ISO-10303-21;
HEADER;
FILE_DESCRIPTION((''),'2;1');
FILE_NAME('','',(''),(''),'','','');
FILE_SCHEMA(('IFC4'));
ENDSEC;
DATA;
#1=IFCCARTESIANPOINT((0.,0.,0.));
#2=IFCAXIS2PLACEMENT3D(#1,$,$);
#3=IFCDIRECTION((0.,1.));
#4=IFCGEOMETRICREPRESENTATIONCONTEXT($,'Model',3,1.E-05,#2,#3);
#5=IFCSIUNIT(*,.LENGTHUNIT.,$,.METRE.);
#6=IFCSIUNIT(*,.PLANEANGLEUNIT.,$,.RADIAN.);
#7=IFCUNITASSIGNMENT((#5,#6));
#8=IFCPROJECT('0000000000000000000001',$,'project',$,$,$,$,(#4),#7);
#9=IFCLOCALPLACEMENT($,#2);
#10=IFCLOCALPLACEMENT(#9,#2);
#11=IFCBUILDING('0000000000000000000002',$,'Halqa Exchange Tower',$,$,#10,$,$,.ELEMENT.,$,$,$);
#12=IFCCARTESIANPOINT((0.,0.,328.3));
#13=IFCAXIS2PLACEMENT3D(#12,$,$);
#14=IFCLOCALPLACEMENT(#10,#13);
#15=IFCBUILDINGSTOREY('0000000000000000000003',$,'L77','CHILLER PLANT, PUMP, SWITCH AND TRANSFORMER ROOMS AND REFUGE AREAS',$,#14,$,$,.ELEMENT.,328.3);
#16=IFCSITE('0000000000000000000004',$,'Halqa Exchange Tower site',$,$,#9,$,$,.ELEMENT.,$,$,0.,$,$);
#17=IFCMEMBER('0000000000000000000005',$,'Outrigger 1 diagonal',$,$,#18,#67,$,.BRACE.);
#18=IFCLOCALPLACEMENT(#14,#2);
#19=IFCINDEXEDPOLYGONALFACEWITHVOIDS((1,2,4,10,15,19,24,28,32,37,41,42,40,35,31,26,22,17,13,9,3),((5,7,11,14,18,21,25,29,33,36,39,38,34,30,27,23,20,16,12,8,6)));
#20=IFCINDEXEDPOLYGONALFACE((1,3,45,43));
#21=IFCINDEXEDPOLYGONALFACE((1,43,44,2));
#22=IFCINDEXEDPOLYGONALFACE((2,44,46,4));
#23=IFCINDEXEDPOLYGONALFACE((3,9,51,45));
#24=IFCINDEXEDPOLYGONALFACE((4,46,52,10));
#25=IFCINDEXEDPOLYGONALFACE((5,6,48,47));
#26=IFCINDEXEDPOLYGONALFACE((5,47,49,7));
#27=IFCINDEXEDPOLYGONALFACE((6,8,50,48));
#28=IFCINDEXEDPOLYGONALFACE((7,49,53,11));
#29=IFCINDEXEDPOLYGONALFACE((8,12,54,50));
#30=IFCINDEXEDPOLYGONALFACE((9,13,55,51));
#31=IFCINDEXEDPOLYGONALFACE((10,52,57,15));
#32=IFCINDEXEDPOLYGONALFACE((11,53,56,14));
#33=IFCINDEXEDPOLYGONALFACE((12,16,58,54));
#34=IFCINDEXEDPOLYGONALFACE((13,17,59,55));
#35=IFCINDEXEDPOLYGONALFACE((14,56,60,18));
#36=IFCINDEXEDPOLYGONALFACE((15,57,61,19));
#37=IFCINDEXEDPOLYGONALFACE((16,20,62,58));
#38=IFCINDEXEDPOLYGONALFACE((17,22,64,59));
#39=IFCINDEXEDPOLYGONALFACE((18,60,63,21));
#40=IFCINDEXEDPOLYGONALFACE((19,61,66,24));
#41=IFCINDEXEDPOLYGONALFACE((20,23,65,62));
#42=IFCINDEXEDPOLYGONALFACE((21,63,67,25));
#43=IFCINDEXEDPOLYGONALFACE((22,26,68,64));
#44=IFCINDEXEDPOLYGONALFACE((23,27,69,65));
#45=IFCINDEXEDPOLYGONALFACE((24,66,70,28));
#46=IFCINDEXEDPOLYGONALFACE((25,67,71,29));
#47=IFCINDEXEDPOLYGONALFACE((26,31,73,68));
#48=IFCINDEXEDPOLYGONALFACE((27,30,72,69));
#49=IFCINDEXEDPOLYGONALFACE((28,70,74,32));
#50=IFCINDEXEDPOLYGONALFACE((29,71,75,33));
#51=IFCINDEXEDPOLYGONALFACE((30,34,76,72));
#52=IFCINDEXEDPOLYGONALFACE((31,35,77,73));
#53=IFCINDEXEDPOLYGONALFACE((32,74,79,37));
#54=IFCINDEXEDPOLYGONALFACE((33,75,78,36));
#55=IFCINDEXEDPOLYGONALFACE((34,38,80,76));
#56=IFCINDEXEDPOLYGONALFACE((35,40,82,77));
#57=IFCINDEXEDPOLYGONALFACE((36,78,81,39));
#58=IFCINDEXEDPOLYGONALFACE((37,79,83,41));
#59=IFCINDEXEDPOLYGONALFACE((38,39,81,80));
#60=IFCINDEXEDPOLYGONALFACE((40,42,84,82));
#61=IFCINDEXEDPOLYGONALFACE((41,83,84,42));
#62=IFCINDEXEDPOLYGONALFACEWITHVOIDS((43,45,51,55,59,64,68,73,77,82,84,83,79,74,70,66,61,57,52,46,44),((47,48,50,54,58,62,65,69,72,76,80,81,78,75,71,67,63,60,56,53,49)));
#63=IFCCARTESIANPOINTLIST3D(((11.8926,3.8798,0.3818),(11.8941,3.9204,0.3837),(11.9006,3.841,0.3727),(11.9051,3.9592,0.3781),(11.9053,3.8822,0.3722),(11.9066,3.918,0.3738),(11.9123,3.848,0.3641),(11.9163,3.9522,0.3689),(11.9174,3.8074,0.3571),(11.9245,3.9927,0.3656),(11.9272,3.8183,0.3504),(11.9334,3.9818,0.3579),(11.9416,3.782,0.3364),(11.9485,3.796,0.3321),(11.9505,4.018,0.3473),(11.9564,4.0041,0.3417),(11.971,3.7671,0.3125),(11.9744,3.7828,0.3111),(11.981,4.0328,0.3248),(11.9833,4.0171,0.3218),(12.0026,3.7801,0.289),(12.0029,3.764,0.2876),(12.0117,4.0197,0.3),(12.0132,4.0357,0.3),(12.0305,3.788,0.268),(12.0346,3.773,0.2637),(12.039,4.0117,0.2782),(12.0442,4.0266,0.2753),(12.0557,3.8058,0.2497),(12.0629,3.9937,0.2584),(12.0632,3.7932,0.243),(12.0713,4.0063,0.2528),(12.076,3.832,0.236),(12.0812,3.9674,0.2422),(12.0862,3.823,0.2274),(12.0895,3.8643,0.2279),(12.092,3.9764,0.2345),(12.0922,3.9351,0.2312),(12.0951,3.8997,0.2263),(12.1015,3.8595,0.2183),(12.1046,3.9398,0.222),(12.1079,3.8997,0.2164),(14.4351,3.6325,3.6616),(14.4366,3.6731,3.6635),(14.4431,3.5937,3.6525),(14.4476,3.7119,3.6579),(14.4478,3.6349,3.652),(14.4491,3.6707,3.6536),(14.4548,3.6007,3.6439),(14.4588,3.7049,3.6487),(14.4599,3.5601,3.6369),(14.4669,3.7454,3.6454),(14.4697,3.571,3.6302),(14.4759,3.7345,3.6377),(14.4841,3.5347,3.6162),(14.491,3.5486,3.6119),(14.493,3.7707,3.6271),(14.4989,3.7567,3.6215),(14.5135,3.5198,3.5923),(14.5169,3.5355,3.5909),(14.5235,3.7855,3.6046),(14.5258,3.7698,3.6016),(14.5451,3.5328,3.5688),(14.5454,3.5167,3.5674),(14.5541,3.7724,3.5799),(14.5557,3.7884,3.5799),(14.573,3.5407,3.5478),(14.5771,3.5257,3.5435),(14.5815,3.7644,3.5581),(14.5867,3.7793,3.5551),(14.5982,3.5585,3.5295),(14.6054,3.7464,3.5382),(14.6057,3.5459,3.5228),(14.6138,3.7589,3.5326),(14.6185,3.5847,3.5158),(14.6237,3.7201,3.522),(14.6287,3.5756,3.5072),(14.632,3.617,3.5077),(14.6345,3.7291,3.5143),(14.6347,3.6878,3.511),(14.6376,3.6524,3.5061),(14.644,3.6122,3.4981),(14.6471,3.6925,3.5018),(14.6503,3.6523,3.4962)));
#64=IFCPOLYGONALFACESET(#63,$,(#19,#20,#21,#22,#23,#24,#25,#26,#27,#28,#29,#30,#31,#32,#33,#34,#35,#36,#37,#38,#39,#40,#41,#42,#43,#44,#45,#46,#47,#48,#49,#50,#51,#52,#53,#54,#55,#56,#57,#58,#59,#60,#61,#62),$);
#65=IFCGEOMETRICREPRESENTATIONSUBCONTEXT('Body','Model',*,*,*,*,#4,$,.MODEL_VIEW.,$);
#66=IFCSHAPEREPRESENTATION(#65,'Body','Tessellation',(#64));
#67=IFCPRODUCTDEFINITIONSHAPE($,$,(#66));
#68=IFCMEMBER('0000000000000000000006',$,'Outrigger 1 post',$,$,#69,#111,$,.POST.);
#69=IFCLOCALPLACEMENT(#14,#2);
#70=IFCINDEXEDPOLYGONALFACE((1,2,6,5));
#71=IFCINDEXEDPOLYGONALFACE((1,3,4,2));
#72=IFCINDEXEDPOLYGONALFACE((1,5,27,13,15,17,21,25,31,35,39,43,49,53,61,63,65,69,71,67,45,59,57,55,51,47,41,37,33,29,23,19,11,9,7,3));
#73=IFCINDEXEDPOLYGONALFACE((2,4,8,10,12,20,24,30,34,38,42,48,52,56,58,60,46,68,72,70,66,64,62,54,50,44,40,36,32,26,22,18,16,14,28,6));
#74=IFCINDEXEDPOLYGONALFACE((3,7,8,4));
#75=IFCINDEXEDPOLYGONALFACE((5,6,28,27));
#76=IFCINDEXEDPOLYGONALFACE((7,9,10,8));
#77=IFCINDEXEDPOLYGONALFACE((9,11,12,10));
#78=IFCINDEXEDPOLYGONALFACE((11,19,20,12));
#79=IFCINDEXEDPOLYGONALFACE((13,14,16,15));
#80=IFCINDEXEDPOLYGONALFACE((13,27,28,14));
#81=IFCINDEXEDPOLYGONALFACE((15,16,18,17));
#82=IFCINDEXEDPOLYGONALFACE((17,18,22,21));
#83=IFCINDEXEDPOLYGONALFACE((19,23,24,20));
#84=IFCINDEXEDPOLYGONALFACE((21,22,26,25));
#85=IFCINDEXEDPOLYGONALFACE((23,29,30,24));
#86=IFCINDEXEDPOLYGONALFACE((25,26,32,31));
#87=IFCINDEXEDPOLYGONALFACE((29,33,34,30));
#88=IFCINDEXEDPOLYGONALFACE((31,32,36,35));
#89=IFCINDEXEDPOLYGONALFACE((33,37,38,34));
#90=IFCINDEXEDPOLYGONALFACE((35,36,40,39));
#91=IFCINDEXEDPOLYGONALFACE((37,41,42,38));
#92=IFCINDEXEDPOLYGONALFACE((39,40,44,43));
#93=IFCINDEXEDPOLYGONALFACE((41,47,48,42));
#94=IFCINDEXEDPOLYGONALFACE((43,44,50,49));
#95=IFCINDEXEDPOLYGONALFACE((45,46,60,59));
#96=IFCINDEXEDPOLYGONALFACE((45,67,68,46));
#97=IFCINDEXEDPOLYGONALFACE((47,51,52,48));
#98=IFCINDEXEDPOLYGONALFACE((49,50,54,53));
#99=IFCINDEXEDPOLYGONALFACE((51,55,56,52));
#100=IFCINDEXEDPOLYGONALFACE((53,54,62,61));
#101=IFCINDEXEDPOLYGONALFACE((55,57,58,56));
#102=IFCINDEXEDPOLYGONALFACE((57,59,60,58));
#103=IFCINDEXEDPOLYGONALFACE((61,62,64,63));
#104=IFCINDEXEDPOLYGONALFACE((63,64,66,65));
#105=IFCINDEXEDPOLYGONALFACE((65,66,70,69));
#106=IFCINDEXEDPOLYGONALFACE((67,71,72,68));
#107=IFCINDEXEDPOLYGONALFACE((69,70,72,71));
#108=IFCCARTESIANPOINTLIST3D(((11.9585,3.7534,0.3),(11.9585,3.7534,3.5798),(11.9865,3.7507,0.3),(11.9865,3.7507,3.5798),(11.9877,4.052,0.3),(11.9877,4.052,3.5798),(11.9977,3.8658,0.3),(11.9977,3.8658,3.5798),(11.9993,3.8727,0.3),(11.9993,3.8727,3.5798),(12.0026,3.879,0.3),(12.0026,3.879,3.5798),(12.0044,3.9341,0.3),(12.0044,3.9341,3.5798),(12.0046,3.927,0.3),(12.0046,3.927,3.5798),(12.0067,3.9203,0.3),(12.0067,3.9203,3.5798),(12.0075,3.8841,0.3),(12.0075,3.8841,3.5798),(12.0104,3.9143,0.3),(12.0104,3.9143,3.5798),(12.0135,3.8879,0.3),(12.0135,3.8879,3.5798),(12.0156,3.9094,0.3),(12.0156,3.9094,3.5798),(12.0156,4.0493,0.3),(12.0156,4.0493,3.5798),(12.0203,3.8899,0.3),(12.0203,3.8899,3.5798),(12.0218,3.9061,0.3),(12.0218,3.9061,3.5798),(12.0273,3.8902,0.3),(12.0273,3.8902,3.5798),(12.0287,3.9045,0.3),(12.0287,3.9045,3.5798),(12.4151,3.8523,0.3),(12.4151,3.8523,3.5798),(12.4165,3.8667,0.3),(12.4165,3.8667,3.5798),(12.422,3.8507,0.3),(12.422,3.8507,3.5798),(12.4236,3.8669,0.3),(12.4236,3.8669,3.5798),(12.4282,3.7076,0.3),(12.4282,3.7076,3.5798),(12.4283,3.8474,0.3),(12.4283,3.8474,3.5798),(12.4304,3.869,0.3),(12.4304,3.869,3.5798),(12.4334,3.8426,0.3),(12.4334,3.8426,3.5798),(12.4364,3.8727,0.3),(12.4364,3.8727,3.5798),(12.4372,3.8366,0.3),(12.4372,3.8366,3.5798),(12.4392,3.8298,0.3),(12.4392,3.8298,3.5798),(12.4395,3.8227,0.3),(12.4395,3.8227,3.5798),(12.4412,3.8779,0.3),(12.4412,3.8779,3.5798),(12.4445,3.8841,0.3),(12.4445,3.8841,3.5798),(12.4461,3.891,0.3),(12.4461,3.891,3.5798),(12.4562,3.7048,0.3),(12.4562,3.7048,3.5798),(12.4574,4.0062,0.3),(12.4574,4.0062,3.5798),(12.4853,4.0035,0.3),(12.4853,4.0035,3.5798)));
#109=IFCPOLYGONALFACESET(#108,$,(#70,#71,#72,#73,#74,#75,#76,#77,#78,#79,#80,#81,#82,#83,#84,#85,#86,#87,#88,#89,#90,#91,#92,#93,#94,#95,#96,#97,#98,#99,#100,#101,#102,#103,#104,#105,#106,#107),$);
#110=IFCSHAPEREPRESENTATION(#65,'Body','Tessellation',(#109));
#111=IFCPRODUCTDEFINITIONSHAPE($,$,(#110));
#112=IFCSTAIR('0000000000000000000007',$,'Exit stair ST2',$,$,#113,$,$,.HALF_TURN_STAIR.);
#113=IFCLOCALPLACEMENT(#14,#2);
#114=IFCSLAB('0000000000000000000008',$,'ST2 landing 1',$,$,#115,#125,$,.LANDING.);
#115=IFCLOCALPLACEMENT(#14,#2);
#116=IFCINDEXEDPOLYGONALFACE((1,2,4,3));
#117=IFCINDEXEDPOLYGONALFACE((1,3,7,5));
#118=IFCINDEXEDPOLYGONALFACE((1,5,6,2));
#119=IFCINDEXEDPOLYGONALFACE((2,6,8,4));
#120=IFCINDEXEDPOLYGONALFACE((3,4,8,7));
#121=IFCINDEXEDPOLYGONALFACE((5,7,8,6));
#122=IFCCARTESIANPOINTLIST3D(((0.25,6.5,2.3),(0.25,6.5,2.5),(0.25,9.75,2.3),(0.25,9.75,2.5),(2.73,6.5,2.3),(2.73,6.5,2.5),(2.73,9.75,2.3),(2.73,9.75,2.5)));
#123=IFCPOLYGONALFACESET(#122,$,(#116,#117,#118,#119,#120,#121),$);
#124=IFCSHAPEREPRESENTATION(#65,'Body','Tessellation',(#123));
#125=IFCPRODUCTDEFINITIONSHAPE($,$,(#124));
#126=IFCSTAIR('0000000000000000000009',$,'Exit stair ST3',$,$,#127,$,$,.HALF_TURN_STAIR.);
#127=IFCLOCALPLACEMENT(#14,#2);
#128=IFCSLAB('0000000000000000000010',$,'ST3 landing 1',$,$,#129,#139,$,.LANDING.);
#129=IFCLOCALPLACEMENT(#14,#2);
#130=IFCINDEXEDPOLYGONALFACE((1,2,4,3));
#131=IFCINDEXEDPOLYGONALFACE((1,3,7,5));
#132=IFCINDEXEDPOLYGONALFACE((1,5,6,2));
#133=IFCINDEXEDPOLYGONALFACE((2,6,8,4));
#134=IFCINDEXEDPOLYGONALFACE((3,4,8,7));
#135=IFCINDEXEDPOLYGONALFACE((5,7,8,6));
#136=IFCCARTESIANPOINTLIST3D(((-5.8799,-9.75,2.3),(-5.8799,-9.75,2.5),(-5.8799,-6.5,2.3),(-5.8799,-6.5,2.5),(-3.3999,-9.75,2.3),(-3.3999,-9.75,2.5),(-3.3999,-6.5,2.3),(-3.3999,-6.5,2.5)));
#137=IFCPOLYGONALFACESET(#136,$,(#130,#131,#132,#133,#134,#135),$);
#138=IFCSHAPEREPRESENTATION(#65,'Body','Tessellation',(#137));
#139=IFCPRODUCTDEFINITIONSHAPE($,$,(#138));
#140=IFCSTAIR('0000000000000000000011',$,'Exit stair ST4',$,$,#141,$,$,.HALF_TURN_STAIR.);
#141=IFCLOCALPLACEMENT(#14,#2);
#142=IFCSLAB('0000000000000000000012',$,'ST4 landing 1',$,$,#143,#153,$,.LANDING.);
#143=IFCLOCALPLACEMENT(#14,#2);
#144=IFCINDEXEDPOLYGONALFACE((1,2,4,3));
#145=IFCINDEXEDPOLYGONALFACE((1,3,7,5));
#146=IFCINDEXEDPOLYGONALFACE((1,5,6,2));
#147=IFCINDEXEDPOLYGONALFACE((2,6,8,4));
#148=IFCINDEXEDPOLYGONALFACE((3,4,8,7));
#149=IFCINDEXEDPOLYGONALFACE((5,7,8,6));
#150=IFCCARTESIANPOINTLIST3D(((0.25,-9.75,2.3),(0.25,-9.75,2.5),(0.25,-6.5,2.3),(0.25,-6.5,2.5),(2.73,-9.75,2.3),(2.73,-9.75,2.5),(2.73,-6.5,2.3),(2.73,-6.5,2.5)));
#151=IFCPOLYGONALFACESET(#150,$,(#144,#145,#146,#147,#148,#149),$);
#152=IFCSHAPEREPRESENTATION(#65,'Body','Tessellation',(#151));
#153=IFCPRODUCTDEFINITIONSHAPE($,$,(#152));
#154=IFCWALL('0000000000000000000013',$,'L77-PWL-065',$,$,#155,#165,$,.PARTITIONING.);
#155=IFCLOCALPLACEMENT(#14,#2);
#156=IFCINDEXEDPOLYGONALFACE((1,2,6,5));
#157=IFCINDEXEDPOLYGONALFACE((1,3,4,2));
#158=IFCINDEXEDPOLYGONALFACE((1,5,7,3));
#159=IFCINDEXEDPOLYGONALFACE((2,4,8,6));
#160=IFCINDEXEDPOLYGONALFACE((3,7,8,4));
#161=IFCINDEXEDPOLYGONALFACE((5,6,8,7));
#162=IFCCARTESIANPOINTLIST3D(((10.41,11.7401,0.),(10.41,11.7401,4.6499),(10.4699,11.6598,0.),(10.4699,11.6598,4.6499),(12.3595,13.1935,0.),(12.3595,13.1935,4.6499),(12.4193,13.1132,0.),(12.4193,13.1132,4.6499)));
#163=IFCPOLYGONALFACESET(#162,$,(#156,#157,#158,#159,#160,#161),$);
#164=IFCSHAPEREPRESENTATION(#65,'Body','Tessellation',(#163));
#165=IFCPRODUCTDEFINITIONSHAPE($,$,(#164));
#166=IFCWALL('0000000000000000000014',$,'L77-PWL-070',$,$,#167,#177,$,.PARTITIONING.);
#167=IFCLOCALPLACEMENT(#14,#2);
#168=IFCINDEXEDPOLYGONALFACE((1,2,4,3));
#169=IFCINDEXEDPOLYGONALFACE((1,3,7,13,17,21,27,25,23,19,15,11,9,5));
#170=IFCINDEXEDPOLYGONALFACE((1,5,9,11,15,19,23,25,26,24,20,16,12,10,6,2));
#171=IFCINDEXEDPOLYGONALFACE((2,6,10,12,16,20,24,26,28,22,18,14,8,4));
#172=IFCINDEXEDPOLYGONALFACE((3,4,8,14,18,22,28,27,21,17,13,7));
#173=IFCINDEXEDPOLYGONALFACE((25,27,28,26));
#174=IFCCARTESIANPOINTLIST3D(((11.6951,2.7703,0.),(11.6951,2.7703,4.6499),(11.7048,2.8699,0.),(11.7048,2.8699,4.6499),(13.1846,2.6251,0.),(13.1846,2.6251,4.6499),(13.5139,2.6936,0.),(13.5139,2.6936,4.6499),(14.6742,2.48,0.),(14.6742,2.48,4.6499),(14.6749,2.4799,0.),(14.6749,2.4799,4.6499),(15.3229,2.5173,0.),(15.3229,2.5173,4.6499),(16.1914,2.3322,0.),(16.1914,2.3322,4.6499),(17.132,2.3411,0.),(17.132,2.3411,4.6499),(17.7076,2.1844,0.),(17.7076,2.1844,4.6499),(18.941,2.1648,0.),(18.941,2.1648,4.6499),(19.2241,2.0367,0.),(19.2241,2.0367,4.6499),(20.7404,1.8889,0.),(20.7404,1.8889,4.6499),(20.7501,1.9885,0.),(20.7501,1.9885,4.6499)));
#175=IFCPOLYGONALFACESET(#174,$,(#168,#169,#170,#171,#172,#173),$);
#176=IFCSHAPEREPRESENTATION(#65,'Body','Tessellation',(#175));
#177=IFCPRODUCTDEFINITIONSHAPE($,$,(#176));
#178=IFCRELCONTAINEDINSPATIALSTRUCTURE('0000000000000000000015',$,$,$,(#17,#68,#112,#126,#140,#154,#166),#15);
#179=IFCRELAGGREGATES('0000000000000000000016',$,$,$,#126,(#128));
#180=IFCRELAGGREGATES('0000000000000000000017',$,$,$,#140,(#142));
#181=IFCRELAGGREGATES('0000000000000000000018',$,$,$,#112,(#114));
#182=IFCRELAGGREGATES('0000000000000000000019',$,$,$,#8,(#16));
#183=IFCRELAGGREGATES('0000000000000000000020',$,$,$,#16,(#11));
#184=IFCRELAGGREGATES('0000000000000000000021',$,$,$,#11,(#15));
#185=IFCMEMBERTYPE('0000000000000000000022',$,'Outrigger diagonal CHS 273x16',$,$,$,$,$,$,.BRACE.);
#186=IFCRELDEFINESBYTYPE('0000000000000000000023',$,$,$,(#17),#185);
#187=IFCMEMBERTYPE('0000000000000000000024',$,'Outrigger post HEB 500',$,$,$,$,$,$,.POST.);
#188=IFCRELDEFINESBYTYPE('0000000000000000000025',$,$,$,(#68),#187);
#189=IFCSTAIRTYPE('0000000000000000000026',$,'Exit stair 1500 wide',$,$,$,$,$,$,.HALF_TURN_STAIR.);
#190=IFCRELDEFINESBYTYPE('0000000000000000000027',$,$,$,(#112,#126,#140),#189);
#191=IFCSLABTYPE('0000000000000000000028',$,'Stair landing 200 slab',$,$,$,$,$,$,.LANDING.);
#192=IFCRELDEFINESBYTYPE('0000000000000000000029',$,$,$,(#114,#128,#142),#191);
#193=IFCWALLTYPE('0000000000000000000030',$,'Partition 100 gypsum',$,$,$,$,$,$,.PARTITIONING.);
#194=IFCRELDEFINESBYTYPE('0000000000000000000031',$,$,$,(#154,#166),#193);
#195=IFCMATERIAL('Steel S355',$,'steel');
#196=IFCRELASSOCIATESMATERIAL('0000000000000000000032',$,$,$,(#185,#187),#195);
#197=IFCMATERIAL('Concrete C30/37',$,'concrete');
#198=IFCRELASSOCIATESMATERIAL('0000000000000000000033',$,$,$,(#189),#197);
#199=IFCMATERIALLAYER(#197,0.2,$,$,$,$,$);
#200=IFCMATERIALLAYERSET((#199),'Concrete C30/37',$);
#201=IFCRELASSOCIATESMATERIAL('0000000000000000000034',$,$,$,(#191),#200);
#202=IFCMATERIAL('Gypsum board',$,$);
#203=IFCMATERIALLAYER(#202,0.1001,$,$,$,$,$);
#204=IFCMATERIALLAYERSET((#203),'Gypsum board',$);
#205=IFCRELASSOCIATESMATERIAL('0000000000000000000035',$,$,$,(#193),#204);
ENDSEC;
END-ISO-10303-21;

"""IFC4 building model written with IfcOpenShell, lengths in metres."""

from ifc_helpers import new_model, si_unit, direction, frame, origin, origin_2d, place, context, subcontext, project, spatial, polyline, hollow_circle, i_section, outline, extrude, material, layer, layer_set, material_profile, profile_set, type_object, element, aggregate, save


model = new_model("IFC4")

# Units and contexts
model_context = context("Model", 3, precision=1e-05, world=origin(), true_north=direction((0.0, 1.0)))
body_context = subcontext(model_context, "Body", "Model", "MODEL_VIEW")
ifc_project = project(units=[si_unit("LENGTHUNIT", "METRE"), si_unit("PLANEANGLEUNIT", "RADIAN")], contexts=[model_context])

# Site, building, storey
site_placement = place(None, origin())
site = spatial("IfcSite", under=ifc_project, at=site_placement, Name="Halqa Exchange Tower site", CompositionType="ELEMENT", RefElevation=0.0)
building_placement = place(site_placement, origin())
building = spatial("IfcBuilding", under=site, at=building_placement, Name="Halqa Exchange Tower", CompositionType="ELEMENT")
storey_placement = place(building_placement, frame((0.0, 0.0, 328.3)))
storey = spatial("IfcBuildingStorey", under=building, at=storey_placement, Name="L77", Description="CHILLER PLANT, PUMP, SWITCH AND TRANSFORMER ROOMS AND REFUGE AREAS", CompositionType="ELEMENT", Elevation=328.3)

# Shared definitions
ifc_material_1 = material(Name="Steel S355", Category="steel")

# Members
ifc_material_profile_1 = material_profile(ifc_material_1, hollow_circle(Radius=0.1365, WallThickness=0.0161, at=origin_2d()), Name="CHS 273x16")
ifc_profile_set_1 = profile_set([ifc_material_profile_1], Name="Steel S355")
member_type_1 = type_object("IfcMemberType", Name="Outrigger diagonal CHS 273x16", PredefinedType="BRACE", material=ifc_profile_set_1)
member_1_placement = place(storey_placement, frame((12.0, 3.8999, 0.3), z_axis=(0.611584, -0.059491, 0.78894), x_axis=(0.096816, 0.995302, 0.0)))
element("IfcMember", 1, at=member_1_placement, inside=storey, type_object=member_type_1, Name="Outrigger 1 diagonal", PredefinedType="BRACE", context=body_context, shape_type="SweptSolid", body=[
    extrude(hollow_circle(Radius=0.1365, WallThickness=0.0161, at=origin_2d()), origin(), (0.0, 0.0, 1.0), 4.1572),
])
ifc_material_profile_2 = material_profile(ifc_material_1, i_section(OverallWidth=0.3, OverallDepth=0.5, WebThickness=0.0144, FlangeThickness=0.0281, FilletRadius=0.0271, at=origin_2d()), Name="HEB 500")
ifc_profile_set_2 = profile_set([ifc_material_profile_2], Name="Steel S355")
member_type_2 = type_object("IfcMemberType", Name="Outrigger post HEB 500", PredefinedType="POST", material=ifc_profile_set_2)
member_2_placement = place(storey_placement, frame((12.2219, 3.8784, 0.3), z_axis=(0.0, 0.0, 1.0), x_axis=(0.097097, 0.995275, 0.0)))
element("IfcMember", 2, at=member_2_placement, inside=storey, type_object=member_type_2, Name="Outrigger 1 post", PredefinedType="POST", context=body_context, shape_type="SweptSolid", body=[
    extrude(i_section(OverallWidth=0.3, OverallDepth=0.5, WebThickness=0.0144, FlangeThickness=0.0281, FilletRadius=0.0271, at=origin_2d()), origin(), (0.0, 0.0, 1.0), 3.2798),
])

# Stairs, slabs
ifc_material_2 = material(Name="Concrete C30/37", Category="concrete")
stair_type = type_object("IfcStairType", Name="Exit stair 1500 wide", PredefinedType="HALF_TURN_STAIR", material=ifc_material_2)
stair_1_placement = place(storey_placement, origin())
stair_1 = element("IfcStair", 3, at=stair_1_placement, inside=storey, type_object=stair_type, Name="Exit stair ST2", PredefinedType="HALF_TURN_STAIR")
ifc_layer_1 = layer(ifc_material_2, 0.2)
ifc_layer_set_1 = layer_set([ifc_layer_1], Name="Concrete C30/37")
slab_type = type_object("IfcSlabType", Name="Stair landing 200 slab", PredefinedType="LANDING", material=ifc_layer_set_1)
slab_1_placement = place(storey_placement, frame((0.0, 0.0, 2.3)))
slab_1 = element("IfcSlab", 4, at=slab_1_placement, type_object=slab_type, Name="ST2 landing 1", PredefinedType="LANDING", context=body_context, shape_type="SweptSolid", body=[
    extrude(outline(polyline([(0.25, 6.5), (2.73, 6.5), (2.73, 9.75), (0.25, 9.75), (0.25, 6.5)])), origin(), (0.0, 0.0, 1.0), 0.2),
])
stair_2_placement = place(storey_placement, origin())
stair_2 = element("IfcStair", 5, at=stair_2_placement, inside=storey, type_object=stair_type, Name="Exit stair ST3", PredefinedType="HALF_TURN_STAIR")
slab_2_placement = place(storey_placement, frame((0.0, 0.0, 2.3)))
slab_2 = element("IfcSlab", 6, at=slab_2_placement, type_object=slab_type, Name="ST3 landing 1", PredefinedType="LANDING", context=body_context, shape_type="SweptSolid", body=[
    extrude(outline(polyline([(-5.8799, -9.75), (-3.3999, -9.75), (-3.3999, -6.5), (-5.8799, -6.5), (-5.8799, -9.75)])), origin(), (0.0, 0.0, 1.0), 0.2),
])
aggregate(stair_2, [slab_2])
stair_3_placement = place(storey_placement, origin())
stair_3 = element("IfcStair", 7, at=stair_3_placement, inside=storey, type_object=stair_type, Name="Exit stair ST4", PredefinedType="HALF_TURN_STAIR")
slab_3_placement = place(storey_placement, frame((0.0, 0.0, 2.3)))
slab_3 = element("IfcSlab", 8, at=slab_3_placement, type_object=slab_type, Name="ST4 landing 1", PredefinedType="LANDING", context=body_context, shape_type="SweptSolid", body=[
    extrude(outline(polyline([(0.25, -9.75), (2.73, -9.75), (2.73, -6.5), (0.25, -6.5), (0.25, -9.75)])), origin(), (0.0, 0.0, 1.0), 0.2),
])
aggregate(stair_3, [slab_3])

# Walls
ifc_material_3 = material(Name="Gypsum board")
ifc_layer_2 = layer(ifc_material_3, 0.1001)
ifc_layer_set_2 = layer_set([ifc_layer_2], Name="Gypsum board")
wall_type_1 = type_object("IfcWallType", Name="Partition 100 gypsum", PredefinedType="PARTITIONING", material=ifc_layer_set_2)
wall_1_placement = place(storey_placement, frame((10.4399, 11.7, 0.0), z_axis=(0.0, 0.0, 1.0), x_axis=(0.80172, 0.5977, 0.0)))
element("IfcWall", 9, at=wall_1_placement, inside=storey, type_object=wall_type_1, Name="L77-PWL-065", PredefinedType="PARTITIONING", context=body_context, shape_type="SweptSolid", body=[
    extrude(outline(polyline([(0.0, 0.05), (0.0, -0.05), (2.4316, -0.05), (2.4316, 0.05), (0.0, 0.05)])), origin(), (0.0, 0.0, 1.0), 4.6499),
])
wall_2_placement = place(storey_placement, frame((11.7, 2.8201, 0.0), z_axis=(0.0, 0.0, 1.0), x_axis=(0.995287, -0.096977, 0.0)))
element("IfcWall", 10, at=wall_2_placement, inside=storey, type_object=wall_type_1, Name="L77-PWL-070", PredefinedType="PARTITIONING", context=body_context, shape_type="SweptSolid", body=[
    extrude(outline(polyline([(0.0, -0.05), (1.4966, -0.05), (2.9932, -0.05), (2.9939, -0.05), (2.9939, -0.05), (4.5176, -0.05), (6.041, -0.05), (7.5647, -0.05), (9.0881, -0.05), (9.0881, 0.05), (7.2705, 0.05), (5.4529, 0.05), (3.6353, 0.05), (1.8176, 0.05), (0.0, 0.05), (0.0, -0.05)])), origin(), (0.0, 0.0, 1.0), 4.6499),
])

aggregate(stair_1, [slab_1])

save(model, "model.ifc")
